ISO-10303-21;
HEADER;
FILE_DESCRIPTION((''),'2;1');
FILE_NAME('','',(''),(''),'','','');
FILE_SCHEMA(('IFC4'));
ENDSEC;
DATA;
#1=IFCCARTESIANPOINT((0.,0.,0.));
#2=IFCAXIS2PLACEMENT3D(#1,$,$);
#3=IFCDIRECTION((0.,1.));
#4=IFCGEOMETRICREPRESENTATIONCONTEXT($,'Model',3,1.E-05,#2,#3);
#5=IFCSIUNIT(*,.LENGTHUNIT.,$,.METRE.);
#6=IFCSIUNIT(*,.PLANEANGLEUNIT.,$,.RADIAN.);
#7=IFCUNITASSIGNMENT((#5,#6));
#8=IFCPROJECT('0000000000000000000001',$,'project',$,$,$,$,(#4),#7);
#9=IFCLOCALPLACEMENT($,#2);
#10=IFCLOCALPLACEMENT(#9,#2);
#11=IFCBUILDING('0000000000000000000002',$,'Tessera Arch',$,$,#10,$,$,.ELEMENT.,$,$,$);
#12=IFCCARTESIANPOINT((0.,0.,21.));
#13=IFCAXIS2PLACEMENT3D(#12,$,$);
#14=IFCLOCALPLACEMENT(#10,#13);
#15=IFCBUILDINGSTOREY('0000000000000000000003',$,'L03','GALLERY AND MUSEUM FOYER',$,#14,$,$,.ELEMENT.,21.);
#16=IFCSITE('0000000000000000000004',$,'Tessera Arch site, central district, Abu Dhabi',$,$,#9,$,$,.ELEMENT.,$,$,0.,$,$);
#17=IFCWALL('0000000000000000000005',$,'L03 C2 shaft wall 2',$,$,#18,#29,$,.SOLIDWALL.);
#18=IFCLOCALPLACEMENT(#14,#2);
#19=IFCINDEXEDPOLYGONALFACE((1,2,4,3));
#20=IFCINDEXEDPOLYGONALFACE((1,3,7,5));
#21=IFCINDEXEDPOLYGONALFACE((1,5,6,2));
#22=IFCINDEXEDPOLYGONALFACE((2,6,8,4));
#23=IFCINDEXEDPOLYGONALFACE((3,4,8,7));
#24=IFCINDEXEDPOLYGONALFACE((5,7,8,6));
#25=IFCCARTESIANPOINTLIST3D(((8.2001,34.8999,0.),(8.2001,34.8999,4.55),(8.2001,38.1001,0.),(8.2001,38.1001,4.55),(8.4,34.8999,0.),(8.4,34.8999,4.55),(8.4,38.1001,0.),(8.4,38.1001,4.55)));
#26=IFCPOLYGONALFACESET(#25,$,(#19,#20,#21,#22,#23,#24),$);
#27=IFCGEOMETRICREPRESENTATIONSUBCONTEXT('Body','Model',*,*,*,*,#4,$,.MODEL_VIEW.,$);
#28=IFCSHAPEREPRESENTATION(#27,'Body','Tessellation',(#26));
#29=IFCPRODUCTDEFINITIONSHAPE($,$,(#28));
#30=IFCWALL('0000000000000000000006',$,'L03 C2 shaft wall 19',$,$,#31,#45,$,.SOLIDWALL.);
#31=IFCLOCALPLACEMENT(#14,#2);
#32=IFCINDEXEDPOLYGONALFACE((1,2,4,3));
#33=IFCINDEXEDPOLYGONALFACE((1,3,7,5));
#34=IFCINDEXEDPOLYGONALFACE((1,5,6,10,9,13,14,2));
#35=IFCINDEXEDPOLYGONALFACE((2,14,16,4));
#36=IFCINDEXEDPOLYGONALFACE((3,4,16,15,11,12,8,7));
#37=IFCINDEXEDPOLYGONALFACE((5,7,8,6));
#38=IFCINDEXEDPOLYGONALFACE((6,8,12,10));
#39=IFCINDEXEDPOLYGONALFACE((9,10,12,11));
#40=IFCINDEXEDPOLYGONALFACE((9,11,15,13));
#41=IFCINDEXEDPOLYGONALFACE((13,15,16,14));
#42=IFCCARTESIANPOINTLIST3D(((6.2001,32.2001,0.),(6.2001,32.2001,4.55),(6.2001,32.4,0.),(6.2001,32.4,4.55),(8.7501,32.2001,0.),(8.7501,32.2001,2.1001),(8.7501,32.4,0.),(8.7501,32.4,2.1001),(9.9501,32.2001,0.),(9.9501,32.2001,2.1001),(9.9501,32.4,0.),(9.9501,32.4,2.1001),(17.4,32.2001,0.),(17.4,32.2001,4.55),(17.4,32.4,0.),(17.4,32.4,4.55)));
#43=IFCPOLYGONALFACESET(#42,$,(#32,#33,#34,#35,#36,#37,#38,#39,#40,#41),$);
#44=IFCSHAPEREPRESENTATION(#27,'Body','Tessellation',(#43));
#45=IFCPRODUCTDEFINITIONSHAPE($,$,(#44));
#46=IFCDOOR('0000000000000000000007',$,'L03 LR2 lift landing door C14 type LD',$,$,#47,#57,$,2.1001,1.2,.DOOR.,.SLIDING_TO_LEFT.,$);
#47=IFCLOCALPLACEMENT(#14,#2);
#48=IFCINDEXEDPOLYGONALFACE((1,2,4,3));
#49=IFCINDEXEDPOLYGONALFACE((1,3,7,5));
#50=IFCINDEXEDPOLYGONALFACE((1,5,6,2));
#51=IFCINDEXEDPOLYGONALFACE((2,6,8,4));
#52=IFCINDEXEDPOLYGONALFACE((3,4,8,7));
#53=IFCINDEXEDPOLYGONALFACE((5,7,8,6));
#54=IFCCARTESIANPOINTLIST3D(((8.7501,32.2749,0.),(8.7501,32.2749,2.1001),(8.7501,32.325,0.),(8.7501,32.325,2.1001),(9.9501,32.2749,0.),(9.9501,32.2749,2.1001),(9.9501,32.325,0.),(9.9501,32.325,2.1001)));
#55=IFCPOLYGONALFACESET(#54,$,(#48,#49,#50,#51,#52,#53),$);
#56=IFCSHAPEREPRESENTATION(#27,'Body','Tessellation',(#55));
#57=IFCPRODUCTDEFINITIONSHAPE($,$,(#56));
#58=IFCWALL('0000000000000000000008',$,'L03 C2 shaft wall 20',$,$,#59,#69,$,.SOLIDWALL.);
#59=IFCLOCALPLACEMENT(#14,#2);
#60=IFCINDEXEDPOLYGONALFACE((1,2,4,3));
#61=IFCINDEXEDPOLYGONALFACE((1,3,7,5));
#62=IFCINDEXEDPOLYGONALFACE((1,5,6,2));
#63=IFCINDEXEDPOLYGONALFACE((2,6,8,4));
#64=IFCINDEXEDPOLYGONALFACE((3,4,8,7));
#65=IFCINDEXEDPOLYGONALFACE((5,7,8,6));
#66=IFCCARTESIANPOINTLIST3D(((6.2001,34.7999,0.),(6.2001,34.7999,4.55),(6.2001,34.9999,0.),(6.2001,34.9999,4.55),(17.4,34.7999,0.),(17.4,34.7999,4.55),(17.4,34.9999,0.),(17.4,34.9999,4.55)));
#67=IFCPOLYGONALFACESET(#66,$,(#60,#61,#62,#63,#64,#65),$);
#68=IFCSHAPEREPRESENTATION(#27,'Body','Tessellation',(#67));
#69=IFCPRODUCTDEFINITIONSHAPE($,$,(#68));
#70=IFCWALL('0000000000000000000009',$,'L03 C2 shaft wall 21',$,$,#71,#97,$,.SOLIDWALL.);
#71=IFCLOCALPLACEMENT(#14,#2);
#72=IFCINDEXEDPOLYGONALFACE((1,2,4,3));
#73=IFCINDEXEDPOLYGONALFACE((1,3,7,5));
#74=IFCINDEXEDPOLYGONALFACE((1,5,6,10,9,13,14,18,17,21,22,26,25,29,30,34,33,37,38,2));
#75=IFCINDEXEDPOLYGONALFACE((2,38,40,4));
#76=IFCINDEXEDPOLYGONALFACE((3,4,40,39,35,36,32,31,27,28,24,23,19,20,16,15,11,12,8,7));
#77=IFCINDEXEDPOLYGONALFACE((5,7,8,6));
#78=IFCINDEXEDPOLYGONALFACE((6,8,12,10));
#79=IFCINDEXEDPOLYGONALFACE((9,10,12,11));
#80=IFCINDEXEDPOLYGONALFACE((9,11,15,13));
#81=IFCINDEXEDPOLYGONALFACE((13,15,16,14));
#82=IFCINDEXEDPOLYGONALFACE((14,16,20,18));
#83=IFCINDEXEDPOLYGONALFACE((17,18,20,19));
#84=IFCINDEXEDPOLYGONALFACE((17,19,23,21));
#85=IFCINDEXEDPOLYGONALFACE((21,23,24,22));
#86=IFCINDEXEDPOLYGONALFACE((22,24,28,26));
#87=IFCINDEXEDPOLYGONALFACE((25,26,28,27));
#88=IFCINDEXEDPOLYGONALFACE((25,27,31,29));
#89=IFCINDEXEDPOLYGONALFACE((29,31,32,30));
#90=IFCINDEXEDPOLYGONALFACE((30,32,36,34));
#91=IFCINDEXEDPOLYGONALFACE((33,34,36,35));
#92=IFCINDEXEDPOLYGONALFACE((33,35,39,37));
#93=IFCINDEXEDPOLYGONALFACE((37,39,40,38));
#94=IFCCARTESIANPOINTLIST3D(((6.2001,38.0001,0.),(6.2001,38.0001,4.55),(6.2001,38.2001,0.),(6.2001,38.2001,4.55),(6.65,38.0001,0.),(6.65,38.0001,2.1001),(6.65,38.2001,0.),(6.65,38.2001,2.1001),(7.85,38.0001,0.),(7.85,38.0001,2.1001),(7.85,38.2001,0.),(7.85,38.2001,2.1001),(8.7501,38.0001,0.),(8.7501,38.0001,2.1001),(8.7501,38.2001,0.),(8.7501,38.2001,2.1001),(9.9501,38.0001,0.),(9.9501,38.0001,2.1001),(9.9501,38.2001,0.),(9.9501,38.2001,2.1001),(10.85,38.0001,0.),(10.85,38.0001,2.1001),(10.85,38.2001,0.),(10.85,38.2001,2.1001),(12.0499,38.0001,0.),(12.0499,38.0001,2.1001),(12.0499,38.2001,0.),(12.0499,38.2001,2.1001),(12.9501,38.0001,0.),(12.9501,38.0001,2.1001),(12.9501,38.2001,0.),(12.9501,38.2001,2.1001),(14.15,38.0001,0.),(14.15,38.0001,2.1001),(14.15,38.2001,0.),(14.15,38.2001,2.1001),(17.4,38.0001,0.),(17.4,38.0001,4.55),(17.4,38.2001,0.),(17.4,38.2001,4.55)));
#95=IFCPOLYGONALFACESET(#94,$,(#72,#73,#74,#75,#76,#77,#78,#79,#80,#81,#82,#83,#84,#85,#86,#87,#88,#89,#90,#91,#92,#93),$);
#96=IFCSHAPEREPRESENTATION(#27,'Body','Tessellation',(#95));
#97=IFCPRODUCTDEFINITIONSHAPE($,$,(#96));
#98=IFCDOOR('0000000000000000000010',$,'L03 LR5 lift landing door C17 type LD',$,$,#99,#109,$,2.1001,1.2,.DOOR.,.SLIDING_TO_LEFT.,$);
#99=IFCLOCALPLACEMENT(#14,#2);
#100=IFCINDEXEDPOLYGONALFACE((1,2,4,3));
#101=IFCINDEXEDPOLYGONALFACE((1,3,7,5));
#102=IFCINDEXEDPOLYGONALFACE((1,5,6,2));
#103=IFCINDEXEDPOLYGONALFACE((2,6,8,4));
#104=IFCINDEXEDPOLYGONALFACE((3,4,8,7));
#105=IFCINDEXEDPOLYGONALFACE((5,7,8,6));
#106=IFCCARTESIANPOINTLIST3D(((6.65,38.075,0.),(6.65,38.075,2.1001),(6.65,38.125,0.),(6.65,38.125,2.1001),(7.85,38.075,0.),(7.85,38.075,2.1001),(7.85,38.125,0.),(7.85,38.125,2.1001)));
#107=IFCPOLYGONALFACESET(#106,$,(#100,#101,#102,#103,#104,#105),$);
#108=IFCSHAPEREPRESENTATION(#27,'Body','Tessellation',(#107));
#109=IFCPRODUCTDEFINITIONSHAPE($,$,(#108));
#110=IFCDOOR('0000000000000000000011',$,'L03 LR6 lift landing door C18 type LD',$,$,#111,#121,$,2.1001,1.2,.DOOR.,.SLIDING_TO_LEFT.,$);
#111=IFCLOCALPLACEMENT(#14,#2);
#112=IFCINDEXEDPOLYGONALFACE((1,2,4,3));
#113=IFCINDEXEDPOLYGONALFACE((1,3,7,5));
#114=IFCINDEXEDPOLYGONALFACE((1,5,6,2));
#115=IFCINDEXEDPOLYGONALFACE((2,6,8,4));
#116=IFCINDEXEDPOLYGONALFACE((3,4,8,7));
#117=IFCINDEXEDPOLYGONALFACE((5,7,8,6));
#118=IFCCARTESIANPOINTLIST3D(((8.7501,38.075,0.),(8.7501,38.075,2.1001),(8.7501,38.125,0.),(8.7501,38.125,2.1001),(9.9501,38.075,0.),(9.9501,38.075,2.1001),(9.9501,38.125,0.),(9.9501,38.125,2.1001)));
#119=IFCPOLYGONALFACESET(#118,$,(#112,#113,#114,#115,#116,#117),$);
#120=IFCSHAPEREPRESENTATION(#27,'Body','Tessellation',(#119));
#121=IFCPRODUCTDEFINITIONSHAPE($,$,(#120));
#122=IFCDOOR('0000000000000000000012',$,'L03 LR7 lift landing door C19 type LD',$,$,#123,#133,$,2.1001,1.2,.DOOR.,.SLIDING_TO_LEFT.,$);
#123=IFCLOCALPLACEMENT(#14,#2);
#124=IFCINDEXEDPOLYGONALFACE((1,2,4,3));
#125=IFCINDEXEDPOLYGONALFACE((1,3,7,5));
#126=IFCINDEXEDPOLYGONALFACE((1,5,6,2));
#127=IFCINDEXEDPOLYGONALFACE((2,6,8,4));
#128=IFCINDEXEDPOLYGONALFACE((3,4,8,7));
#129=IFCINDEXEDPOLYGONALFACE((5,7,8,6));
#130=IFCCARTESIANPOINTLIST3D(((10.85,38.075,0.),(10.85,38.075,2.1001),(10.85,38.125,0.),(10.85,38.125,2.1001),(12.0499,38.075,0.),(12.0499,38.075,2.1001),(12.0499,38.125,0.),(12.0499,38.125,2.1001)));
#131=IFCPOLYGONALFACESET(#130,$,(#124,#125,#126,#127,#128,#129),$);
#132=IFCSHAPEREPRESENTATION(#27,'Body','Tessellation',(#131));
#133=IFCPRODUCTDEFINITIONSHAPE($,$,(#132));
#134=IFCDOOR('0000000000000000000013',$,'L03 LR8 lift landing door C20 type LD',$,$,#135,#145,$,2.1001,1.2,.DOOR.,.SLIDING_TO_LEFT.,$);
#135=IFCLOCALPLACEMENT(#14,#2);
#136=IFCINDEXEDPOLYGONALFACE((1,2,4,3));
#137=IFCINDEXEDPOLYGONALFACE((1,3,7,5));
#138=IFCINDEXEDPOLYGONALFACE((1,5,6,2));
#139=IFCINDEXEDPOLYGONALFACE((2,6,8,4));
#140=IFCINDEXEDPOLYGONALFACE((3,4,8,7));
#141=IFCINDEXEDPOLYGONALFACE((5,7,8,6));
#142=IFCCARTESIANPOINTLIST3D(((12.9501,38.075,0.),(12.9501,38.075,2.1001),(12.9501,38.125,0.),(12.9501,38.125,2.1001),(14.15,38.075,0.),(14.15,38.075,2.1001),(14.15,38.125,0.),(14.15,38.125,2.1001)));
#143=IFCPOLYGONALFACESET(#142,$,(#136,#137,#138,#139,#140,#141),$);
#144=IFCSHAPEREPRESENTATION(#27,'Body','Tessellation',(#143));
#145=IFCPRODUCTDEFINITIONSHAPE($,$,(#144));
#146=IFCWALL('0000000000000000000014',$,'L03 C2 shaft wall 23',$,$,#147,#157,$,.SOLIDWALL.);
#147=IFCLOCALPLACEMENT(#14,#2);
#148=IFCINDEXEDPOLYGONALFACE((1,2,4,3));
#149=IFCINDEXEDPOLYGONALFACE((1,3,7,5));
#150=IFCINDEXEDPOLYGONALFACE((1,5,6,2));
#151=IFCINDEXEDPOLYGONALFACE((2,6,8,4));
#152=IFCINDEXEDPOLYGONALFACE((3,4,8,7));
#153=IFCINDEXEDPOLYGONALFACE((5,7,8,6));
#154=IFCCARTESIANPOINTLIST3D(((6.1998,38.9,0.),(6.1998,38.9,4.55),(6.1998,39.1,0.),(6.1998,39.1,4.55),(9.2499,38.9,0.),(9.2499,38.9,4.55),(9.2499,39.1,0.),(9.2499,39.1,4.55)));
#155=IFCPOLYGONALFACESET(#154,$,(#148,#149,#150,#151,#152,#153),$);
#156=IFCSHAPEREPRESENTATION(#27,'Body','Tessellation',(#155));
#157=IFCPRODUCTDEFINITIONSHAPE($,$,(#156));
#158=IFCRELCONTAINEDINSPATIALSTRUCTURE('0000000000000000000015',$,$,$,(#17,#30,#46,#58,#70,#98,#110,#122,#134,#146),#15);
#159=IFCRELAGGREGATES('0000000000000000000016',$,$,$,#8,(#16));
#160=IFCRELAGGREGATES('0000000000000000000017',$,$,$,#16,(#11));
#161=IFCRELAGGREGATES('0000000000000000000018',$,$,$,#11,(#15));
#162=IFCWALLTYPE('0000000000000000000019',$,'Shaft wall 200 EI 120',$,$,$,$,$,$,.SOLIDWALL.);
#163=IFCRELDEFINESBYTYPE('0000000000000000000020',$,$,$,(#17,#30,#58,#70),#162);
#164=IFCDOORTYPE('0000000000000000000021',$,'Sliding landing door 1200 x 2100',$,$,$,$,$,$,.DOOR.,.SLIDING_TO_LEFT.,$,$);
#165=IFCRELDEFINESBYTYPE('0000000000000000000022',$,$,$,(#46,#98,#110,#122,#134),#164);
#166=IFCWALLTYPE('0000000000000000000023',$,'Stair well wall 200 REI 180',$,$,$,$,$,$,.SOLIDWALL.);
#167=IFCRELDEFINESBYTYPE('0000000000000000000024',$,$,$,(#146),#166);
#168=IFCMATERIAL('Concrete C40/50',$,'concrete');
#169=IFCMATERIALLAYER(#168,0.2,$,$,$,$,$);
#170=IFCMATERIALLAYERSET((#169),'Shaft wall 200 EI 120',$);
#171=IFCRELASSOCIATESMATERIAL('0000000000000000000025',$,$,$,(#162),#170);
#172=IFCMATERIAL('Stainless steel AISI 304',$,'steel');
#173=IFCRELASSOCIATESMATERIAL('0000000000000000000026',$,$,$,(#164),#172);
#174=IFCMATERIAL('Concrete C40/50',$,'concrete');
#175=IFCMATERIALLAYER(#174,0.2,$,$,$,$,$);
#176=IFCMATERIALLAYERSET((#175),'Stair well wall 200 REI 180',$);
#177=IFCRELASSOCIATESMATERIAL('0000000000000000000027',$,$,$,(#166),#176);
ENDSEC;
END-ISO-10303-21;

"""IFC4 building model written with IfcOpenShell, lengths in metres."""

from ifc_helpers import new_model, si_unit, direction, frame, frame_2d, origin, place, context, subcontext, project, spatial, rectangle, extrude, material, layer, layer_set, type_object, element, fill, save


model = new_model("IFC4")

# Units and contexts
model_context = context("Model", 3, precision=1e-05, world=origin(), true_north=direction((0.0, 1.0)))
body_context = subcontext(model_context, "Body", "Model", "MODEL_VIEW")
ifc_project = project(units=[si_unit("LENGTHUNIT", "METRE"), si_unit("PLANEANGLEUNIT", "RADIAN")], contexts=[model_context])

# Site, building, storey
site_placement = place(None, origin())
site = spatial("IfcSite", under=ifc_project, at=site_placement, Name="Tessera Arch site, central district, Abu Dhabi", CompositionType="ELEMENT", RefElevation=0.0)
building_placement = place(site_placement, origin())
building = spatial("IfcBuilding", under=site, at=building_placement, Name="Tessera Arch", CompositionType="ELEMENT")
storey_placement = place(building_placement, frame((0.0, 0.0, 21.0)))
storey = spatial("IfcBuildingStorey", under=building, at=storey_placement, Name="L03", Description="GALLERY AND MUSEUM FOYER", CompositionType="ELEMENT", Elevation=21.0)

# Wall
ifc_material_1 = material(Name="Concrete C40/50", Category="concrete")
ifc_layer_1 = layer(ifc_material_1, 0.2)
ifc_layer_set_1 = layer_set([ifc_layer_1], Name="Shaft wall 200 EI 120")
wall_type_1 = type_object("IfcWallType", Name="Shaft wall 200 EI 120", PredefinedType="SOLIDWALL", material=ifc_layer_set_1)
wall_1_placement = place(storey_placement, frame((8.3, 34.8999, 0.0), z_axis=(0.0, 0.0, 1.0), x_axis=(0.0, 1.0, 0.0)))
element("IfcWall", 1, at=wall_1_placement, inside=storey, type_object=wall_type_1, Name="L03 C2 shaft wall 2", PredefinedType="SOLIDWALL", context=body_context, shape_type="SweptSolid", body=[
    extrude(rectangle(XDim=3.2002, YDim=0.2, at=frame_2d((1.6001, 0.0))), origin(), (0.0, 0.0, 1.0), 4.55),
])

# Wall, opening, door
wall_2_placement = place(storey_placement, frame((6.2, 32.3, 0.0), z_axis=(0.0, 0.0, 1.0), x_axis=(1.0, 0.0, 0.0)))
wall_2 = element("IfcWall", 2, at=wall_2_placement, inside=storey, type_object=wall_type_1, Name="L03 C2 shaft wall 19", PredefinedType="SOLIDWALL", context=body_context, shape_type="SweptSolid", body=[
    extrude(rectangle(XDim=11.2, YDim=0.2, at=frame_2d((5.6001, 0.0))), origin(), (0.0, 0.0, 1.0), 4.55),
])
opening_1_placement = place(wall_2_placement, frame((2.55, 0.0, 0.0)))
opening_1 = element("IfcOpeningElement", 3, at=opening_1_placement, cuts=wall_2, PredefinedType="OPENING", context=body_context, shape_type="SweptSolid", body=[
    extrude(rectangle(XDim=1.2, YDim=2.1001, at=frame_2d((0.6001, 1.05))), frame((0.0, 0.1099, 0.0), z_axis=(0.0, -1.0, 0.0), x_axis=(1.0, 0.0, 0.0)), (0.0, 0.0, 1.0), 0.22),
])
ifc_material_2 = material(Name="Stainless steel AISI 304", Category="steel")
door_type_1 = type_object("IfcDoorType", Name="Sliding landing door 1200 x 2100", OperationType="SLIDING_TO_LEFT", PredefinedType="DOOR", material=ifc_material_2)
door_1_placement = place(opening_1_placement, origin())
door_1 = element("IfcDoor", 4, at=door_1_placement, inside=storey, type_object=door_type_1, Name="L03 LR2 lift landing door C14 type LD", OperationType="SLIDING_TO_LEFT", OverallHeight=2.1001, OverallWidth=1.2, PredefinedType="DOOR", context=body_context, shape_type="SweptSolid", body=[
    extrude(rectangle(XDim=1.2, YDim=2.1001, at=frame_2d((0.6001, 1.05))), frame((0.0, 0.0249, 0.0), z_axis=(0.0, -1.0, 0.0), x_axis=(1.0, 0.0, 0.0)), (0.0, 0.0, 1.0), 0.05),
])
fill(opening_1, door_1)

# Wall
wall_3_placement = place(storey_placement, frame((6.2, 34.8999, 0.0), z_axis=(0.0, 0.0, 1.0), x_axis=(1.0, 0.0, 0.0)))
element("IfcWall", 5, at=wall_3_placement, inside=storey, type_object=wall_type_1, Name="L03 C2 shaft wall 20", PredefinedType="SOLIDWALL", context=body_context, shape_type="SweptSolid", body=[
    extrude(rectangle(XDim=11.2, YDim=0.2, at=frame_2d((5.6001, 0.0))), origin(), (0.0, 0.0, 1.0), 4.55),
])

# Wall, openings, doors
wall_4_placement = place(storey_placement, frame((6.2, 38.1001, 0.0), z_axis=(0.0, 0.0, 1.0), x_axis=(1.0, 0.0, 0.0)))
wall_4 = element("IfcWall", 6, at=wall_4_placement, inside=storey, type_object=wall_type_1, Name="L03 C2 shaft wall 21", PredefinedType="SOLIDWALL", context=body_context, shape_type="SweptSolid", body=[
    extrude(rectangle(XDim=11.2, YDim=0.2, at=frame_2d((5.6001, 0.0))), origin(), (0.0, 0.0, 1.0), 4.55),
])
opening_2_placement = place(wall_4_placement, frame((0.45, 0.0, 0.0)))
opening_2 = element("IfcOpeningElement", 7, at=opening_2_placement, cuts=wall_4, PredefinedType="OPENING", context=body_context, shape_type="SweptSolid", body=[
    extrude(rectangle(XDim=1.2, YDim=2.1001, at=frame_2d((0.6001, 1.05))), frame((0.0, 0.1099, 0.0), z_axis=(0.0, -1.0, 0.0), x_axis=(1.0, 0.0, 0.0)), (0.0, 0.0, 1.0), 0.22),
])
opening_3_placement = place(wall_4_placement, frame((2.55, 0.0, 0.0)))
opening_3 = element("IfcOpeningElement", 8, at=opening_3_placement, cuts=wall_4, PredefinedType="OPENING", context=body_context, shape_type="SweptSolid", body=[
    extrude(rectangle(XDim=1.2, YDim=2.1001, at=frame_2d((0.6001, 1.05))), frame((0.0, 0.1099, 0.0), z_axis=(0.0, -1.0, 0.0), x_axis=(1.0, 0.0, 0.0)), (0.0, 0.0, 1.0), 0.22),
])
opening_4_placement = place(wall_4_placement, frame((4.6499, 0.0, 0.0)))
opening_4 = element("IfcOpeningElement", 9, at=opening_4_placement, cuts=wall_4, PredefinedType="OPENING", context=body_context, shape_type="SweptSolid", body=[
    extrude(rectangle(XDim=1.2, YDim=2.1001, at=frame_2d((0.6001, 1.05))), frame((0.0, 0.1099, 0.0), z_axis=(0.0, -1.0, 0.0), x_axis=(1.0, 0.0, 0.0)), (0.0, 0.0, 1.0), 0.22),
])
opening_5_placement = place(wall_4_placement, frame((6.75, 0.0, 0.0)))
opening_5 = element("IfcOpeningElement", 10, at=opening_5_placement, cuts=wall_4, PredefinedType="OPENING", context=body_context, shape_type="SweptSolid", body=[
    extrude(rectangle(XDim=1.2, YDim=2.1001, at=frame_2d((0.6001, 1.05))), frame((0.0, 0.1099, 0.0), z_axis=(0.0, -1.0, 0.0), x_axis=(1.0, 0.0, 0.0)), (0.0, 0.0, 1.0), 0.22),
])
door_2_placement = place(opening_2_placement, origin())
door_2 = element("IfcDoor", 11, at=door_2_placement, inside=storey, type_object=door_type_1, Name="L03 LR5 lift landing door C17 type LD", OperationType="SLIDING_TO_LEFT", OverallHeight=2.1001, OverallWidth=1.2, PredefinedType="DOOR", context=body_context, shape_type="SweptSolid", body=[
    extrude(rectangle(XDim=1.2, YDim=2.1001, at=frame_2d((0.6001, 1.05))), frame((0.0, 0.0249, 0.0), z_axis=(0.0, -1.0, 0.0), x_axis=(1.0, 0.0, 0.0)), (0.0, 0.0, 1.0), 0.05),
])
fill(opening_2, door_2)
door_3_placement = place(opening_3_placement, origin())
door_3 = element("IfcDoor", 12, at=door_3_placement, inside=storey, type_object=door_type_1, Name="L03 LR6 lift landing door C18 type LD", OperationType="SLIDING_TO_LEFT", OverallHeight=2.1001, OverallWidth=1.2, PredefinedType="DOOR", context=body_context, shape_type="SweptSolid", body=[
    extrude(rectangle(XDim=1.2, YDim=2.1001, at=frame_2d((0.6001, 1.05))), frame((0.0, 0.0249, 0.0), z_axis=(0.0, -1.0, 0.0), x_axis=(1.0, 0.0, 0.0)), (0.0, 0.0, 1.0), 0.05),
])
fill(opening_3, door_3)
door_4_placement = place(opening_4_placement, origin())
door_4 = element("IfcDoor", 13, at=door_4_placement, inside=storey, type_object=door_type_1, Name="L03 LR7 lift landing door C19 type LD", OperationType="SLIDING_TO_LEFT", OverallHeight=2.1001, OverallWidth=1.2, PredefinedType="DOOR", context=body_context, shape_type="SweptSolid", body=[
    extrude(rectangle(XDim=1.2, YDim=2.1001, at=frame_2d((0.6001, 1.05))), frame((0.0, 0.0249, 0.0), z_axis=(0.0, -1.0, 0.0), x_axis=(1.0, 0.0, 0.0)), (0.0, 0.0, 1.0), 0.05),
])
fill(opening_4, door_4)
door_5_placement = place(opening_5_placement, origin())
door_5 = element("IfcDoor", 14, at=door_5_placement, inside=storey, type_object=door_type_1, Name="L03 LR8 lift landing door C20 type LD", OperationType="SLIDING_TO_LEFT", OverallHeight=2.1001, OverallWidth=1.2, PredefinedType="DOOR", context=body_context, shape_type="SweptSolid", body=[
    extrude(rectangle(XDim=1.2, YDim=2.1001, at=frame_2d((0.6001, 1.05))), frame((0.0, 0.0249, 0.0), z_axis=(0.0, -1.0, 0.0), x_axis=(1.0, 0.0, 0.0)), (0.0, 0.0, 1.0), 0.05),
])
fill(opening_5, door_5)

# Wall
ifc_material_3 = material(Name="Concrete C40/50", Category="concrete")
ifc_layer_2 = layer(ifc_material_3, 0.2)
ifc_layer_set_2 = layer_set([ifc_layer_2], Name="Stair well wall 200 REI 180")
wall_type_2 = type_object("IfcWallType", Name="Stair well wall 200 REI 180", PredefinedType="SOLIDWALL", material=ifc_layer_set_2)
wall_5_placement = place(storey_placement, frame((6.2, 39.0, 0.0), z_axis=(0.0, 0.0, 1.0), x_axis=(1.0, 0.0, 0.0)))
element("IfcWall", 15, at=wall_5_placement, inside=storey, type_object=wall_type_2, Name="L03 C2 shaft wall 23", PredefinedType="SOLIDWALL", context=body_context, shape_type="SweptSolid", body=[
    extrude(rectangle(XDim=3.05, YDim=0.2, at=frame_2d((1.5249, 0.0))), origin(), (0.0, 0.0, 1.0), 4.55),
])

save(model, "model.ifc")
